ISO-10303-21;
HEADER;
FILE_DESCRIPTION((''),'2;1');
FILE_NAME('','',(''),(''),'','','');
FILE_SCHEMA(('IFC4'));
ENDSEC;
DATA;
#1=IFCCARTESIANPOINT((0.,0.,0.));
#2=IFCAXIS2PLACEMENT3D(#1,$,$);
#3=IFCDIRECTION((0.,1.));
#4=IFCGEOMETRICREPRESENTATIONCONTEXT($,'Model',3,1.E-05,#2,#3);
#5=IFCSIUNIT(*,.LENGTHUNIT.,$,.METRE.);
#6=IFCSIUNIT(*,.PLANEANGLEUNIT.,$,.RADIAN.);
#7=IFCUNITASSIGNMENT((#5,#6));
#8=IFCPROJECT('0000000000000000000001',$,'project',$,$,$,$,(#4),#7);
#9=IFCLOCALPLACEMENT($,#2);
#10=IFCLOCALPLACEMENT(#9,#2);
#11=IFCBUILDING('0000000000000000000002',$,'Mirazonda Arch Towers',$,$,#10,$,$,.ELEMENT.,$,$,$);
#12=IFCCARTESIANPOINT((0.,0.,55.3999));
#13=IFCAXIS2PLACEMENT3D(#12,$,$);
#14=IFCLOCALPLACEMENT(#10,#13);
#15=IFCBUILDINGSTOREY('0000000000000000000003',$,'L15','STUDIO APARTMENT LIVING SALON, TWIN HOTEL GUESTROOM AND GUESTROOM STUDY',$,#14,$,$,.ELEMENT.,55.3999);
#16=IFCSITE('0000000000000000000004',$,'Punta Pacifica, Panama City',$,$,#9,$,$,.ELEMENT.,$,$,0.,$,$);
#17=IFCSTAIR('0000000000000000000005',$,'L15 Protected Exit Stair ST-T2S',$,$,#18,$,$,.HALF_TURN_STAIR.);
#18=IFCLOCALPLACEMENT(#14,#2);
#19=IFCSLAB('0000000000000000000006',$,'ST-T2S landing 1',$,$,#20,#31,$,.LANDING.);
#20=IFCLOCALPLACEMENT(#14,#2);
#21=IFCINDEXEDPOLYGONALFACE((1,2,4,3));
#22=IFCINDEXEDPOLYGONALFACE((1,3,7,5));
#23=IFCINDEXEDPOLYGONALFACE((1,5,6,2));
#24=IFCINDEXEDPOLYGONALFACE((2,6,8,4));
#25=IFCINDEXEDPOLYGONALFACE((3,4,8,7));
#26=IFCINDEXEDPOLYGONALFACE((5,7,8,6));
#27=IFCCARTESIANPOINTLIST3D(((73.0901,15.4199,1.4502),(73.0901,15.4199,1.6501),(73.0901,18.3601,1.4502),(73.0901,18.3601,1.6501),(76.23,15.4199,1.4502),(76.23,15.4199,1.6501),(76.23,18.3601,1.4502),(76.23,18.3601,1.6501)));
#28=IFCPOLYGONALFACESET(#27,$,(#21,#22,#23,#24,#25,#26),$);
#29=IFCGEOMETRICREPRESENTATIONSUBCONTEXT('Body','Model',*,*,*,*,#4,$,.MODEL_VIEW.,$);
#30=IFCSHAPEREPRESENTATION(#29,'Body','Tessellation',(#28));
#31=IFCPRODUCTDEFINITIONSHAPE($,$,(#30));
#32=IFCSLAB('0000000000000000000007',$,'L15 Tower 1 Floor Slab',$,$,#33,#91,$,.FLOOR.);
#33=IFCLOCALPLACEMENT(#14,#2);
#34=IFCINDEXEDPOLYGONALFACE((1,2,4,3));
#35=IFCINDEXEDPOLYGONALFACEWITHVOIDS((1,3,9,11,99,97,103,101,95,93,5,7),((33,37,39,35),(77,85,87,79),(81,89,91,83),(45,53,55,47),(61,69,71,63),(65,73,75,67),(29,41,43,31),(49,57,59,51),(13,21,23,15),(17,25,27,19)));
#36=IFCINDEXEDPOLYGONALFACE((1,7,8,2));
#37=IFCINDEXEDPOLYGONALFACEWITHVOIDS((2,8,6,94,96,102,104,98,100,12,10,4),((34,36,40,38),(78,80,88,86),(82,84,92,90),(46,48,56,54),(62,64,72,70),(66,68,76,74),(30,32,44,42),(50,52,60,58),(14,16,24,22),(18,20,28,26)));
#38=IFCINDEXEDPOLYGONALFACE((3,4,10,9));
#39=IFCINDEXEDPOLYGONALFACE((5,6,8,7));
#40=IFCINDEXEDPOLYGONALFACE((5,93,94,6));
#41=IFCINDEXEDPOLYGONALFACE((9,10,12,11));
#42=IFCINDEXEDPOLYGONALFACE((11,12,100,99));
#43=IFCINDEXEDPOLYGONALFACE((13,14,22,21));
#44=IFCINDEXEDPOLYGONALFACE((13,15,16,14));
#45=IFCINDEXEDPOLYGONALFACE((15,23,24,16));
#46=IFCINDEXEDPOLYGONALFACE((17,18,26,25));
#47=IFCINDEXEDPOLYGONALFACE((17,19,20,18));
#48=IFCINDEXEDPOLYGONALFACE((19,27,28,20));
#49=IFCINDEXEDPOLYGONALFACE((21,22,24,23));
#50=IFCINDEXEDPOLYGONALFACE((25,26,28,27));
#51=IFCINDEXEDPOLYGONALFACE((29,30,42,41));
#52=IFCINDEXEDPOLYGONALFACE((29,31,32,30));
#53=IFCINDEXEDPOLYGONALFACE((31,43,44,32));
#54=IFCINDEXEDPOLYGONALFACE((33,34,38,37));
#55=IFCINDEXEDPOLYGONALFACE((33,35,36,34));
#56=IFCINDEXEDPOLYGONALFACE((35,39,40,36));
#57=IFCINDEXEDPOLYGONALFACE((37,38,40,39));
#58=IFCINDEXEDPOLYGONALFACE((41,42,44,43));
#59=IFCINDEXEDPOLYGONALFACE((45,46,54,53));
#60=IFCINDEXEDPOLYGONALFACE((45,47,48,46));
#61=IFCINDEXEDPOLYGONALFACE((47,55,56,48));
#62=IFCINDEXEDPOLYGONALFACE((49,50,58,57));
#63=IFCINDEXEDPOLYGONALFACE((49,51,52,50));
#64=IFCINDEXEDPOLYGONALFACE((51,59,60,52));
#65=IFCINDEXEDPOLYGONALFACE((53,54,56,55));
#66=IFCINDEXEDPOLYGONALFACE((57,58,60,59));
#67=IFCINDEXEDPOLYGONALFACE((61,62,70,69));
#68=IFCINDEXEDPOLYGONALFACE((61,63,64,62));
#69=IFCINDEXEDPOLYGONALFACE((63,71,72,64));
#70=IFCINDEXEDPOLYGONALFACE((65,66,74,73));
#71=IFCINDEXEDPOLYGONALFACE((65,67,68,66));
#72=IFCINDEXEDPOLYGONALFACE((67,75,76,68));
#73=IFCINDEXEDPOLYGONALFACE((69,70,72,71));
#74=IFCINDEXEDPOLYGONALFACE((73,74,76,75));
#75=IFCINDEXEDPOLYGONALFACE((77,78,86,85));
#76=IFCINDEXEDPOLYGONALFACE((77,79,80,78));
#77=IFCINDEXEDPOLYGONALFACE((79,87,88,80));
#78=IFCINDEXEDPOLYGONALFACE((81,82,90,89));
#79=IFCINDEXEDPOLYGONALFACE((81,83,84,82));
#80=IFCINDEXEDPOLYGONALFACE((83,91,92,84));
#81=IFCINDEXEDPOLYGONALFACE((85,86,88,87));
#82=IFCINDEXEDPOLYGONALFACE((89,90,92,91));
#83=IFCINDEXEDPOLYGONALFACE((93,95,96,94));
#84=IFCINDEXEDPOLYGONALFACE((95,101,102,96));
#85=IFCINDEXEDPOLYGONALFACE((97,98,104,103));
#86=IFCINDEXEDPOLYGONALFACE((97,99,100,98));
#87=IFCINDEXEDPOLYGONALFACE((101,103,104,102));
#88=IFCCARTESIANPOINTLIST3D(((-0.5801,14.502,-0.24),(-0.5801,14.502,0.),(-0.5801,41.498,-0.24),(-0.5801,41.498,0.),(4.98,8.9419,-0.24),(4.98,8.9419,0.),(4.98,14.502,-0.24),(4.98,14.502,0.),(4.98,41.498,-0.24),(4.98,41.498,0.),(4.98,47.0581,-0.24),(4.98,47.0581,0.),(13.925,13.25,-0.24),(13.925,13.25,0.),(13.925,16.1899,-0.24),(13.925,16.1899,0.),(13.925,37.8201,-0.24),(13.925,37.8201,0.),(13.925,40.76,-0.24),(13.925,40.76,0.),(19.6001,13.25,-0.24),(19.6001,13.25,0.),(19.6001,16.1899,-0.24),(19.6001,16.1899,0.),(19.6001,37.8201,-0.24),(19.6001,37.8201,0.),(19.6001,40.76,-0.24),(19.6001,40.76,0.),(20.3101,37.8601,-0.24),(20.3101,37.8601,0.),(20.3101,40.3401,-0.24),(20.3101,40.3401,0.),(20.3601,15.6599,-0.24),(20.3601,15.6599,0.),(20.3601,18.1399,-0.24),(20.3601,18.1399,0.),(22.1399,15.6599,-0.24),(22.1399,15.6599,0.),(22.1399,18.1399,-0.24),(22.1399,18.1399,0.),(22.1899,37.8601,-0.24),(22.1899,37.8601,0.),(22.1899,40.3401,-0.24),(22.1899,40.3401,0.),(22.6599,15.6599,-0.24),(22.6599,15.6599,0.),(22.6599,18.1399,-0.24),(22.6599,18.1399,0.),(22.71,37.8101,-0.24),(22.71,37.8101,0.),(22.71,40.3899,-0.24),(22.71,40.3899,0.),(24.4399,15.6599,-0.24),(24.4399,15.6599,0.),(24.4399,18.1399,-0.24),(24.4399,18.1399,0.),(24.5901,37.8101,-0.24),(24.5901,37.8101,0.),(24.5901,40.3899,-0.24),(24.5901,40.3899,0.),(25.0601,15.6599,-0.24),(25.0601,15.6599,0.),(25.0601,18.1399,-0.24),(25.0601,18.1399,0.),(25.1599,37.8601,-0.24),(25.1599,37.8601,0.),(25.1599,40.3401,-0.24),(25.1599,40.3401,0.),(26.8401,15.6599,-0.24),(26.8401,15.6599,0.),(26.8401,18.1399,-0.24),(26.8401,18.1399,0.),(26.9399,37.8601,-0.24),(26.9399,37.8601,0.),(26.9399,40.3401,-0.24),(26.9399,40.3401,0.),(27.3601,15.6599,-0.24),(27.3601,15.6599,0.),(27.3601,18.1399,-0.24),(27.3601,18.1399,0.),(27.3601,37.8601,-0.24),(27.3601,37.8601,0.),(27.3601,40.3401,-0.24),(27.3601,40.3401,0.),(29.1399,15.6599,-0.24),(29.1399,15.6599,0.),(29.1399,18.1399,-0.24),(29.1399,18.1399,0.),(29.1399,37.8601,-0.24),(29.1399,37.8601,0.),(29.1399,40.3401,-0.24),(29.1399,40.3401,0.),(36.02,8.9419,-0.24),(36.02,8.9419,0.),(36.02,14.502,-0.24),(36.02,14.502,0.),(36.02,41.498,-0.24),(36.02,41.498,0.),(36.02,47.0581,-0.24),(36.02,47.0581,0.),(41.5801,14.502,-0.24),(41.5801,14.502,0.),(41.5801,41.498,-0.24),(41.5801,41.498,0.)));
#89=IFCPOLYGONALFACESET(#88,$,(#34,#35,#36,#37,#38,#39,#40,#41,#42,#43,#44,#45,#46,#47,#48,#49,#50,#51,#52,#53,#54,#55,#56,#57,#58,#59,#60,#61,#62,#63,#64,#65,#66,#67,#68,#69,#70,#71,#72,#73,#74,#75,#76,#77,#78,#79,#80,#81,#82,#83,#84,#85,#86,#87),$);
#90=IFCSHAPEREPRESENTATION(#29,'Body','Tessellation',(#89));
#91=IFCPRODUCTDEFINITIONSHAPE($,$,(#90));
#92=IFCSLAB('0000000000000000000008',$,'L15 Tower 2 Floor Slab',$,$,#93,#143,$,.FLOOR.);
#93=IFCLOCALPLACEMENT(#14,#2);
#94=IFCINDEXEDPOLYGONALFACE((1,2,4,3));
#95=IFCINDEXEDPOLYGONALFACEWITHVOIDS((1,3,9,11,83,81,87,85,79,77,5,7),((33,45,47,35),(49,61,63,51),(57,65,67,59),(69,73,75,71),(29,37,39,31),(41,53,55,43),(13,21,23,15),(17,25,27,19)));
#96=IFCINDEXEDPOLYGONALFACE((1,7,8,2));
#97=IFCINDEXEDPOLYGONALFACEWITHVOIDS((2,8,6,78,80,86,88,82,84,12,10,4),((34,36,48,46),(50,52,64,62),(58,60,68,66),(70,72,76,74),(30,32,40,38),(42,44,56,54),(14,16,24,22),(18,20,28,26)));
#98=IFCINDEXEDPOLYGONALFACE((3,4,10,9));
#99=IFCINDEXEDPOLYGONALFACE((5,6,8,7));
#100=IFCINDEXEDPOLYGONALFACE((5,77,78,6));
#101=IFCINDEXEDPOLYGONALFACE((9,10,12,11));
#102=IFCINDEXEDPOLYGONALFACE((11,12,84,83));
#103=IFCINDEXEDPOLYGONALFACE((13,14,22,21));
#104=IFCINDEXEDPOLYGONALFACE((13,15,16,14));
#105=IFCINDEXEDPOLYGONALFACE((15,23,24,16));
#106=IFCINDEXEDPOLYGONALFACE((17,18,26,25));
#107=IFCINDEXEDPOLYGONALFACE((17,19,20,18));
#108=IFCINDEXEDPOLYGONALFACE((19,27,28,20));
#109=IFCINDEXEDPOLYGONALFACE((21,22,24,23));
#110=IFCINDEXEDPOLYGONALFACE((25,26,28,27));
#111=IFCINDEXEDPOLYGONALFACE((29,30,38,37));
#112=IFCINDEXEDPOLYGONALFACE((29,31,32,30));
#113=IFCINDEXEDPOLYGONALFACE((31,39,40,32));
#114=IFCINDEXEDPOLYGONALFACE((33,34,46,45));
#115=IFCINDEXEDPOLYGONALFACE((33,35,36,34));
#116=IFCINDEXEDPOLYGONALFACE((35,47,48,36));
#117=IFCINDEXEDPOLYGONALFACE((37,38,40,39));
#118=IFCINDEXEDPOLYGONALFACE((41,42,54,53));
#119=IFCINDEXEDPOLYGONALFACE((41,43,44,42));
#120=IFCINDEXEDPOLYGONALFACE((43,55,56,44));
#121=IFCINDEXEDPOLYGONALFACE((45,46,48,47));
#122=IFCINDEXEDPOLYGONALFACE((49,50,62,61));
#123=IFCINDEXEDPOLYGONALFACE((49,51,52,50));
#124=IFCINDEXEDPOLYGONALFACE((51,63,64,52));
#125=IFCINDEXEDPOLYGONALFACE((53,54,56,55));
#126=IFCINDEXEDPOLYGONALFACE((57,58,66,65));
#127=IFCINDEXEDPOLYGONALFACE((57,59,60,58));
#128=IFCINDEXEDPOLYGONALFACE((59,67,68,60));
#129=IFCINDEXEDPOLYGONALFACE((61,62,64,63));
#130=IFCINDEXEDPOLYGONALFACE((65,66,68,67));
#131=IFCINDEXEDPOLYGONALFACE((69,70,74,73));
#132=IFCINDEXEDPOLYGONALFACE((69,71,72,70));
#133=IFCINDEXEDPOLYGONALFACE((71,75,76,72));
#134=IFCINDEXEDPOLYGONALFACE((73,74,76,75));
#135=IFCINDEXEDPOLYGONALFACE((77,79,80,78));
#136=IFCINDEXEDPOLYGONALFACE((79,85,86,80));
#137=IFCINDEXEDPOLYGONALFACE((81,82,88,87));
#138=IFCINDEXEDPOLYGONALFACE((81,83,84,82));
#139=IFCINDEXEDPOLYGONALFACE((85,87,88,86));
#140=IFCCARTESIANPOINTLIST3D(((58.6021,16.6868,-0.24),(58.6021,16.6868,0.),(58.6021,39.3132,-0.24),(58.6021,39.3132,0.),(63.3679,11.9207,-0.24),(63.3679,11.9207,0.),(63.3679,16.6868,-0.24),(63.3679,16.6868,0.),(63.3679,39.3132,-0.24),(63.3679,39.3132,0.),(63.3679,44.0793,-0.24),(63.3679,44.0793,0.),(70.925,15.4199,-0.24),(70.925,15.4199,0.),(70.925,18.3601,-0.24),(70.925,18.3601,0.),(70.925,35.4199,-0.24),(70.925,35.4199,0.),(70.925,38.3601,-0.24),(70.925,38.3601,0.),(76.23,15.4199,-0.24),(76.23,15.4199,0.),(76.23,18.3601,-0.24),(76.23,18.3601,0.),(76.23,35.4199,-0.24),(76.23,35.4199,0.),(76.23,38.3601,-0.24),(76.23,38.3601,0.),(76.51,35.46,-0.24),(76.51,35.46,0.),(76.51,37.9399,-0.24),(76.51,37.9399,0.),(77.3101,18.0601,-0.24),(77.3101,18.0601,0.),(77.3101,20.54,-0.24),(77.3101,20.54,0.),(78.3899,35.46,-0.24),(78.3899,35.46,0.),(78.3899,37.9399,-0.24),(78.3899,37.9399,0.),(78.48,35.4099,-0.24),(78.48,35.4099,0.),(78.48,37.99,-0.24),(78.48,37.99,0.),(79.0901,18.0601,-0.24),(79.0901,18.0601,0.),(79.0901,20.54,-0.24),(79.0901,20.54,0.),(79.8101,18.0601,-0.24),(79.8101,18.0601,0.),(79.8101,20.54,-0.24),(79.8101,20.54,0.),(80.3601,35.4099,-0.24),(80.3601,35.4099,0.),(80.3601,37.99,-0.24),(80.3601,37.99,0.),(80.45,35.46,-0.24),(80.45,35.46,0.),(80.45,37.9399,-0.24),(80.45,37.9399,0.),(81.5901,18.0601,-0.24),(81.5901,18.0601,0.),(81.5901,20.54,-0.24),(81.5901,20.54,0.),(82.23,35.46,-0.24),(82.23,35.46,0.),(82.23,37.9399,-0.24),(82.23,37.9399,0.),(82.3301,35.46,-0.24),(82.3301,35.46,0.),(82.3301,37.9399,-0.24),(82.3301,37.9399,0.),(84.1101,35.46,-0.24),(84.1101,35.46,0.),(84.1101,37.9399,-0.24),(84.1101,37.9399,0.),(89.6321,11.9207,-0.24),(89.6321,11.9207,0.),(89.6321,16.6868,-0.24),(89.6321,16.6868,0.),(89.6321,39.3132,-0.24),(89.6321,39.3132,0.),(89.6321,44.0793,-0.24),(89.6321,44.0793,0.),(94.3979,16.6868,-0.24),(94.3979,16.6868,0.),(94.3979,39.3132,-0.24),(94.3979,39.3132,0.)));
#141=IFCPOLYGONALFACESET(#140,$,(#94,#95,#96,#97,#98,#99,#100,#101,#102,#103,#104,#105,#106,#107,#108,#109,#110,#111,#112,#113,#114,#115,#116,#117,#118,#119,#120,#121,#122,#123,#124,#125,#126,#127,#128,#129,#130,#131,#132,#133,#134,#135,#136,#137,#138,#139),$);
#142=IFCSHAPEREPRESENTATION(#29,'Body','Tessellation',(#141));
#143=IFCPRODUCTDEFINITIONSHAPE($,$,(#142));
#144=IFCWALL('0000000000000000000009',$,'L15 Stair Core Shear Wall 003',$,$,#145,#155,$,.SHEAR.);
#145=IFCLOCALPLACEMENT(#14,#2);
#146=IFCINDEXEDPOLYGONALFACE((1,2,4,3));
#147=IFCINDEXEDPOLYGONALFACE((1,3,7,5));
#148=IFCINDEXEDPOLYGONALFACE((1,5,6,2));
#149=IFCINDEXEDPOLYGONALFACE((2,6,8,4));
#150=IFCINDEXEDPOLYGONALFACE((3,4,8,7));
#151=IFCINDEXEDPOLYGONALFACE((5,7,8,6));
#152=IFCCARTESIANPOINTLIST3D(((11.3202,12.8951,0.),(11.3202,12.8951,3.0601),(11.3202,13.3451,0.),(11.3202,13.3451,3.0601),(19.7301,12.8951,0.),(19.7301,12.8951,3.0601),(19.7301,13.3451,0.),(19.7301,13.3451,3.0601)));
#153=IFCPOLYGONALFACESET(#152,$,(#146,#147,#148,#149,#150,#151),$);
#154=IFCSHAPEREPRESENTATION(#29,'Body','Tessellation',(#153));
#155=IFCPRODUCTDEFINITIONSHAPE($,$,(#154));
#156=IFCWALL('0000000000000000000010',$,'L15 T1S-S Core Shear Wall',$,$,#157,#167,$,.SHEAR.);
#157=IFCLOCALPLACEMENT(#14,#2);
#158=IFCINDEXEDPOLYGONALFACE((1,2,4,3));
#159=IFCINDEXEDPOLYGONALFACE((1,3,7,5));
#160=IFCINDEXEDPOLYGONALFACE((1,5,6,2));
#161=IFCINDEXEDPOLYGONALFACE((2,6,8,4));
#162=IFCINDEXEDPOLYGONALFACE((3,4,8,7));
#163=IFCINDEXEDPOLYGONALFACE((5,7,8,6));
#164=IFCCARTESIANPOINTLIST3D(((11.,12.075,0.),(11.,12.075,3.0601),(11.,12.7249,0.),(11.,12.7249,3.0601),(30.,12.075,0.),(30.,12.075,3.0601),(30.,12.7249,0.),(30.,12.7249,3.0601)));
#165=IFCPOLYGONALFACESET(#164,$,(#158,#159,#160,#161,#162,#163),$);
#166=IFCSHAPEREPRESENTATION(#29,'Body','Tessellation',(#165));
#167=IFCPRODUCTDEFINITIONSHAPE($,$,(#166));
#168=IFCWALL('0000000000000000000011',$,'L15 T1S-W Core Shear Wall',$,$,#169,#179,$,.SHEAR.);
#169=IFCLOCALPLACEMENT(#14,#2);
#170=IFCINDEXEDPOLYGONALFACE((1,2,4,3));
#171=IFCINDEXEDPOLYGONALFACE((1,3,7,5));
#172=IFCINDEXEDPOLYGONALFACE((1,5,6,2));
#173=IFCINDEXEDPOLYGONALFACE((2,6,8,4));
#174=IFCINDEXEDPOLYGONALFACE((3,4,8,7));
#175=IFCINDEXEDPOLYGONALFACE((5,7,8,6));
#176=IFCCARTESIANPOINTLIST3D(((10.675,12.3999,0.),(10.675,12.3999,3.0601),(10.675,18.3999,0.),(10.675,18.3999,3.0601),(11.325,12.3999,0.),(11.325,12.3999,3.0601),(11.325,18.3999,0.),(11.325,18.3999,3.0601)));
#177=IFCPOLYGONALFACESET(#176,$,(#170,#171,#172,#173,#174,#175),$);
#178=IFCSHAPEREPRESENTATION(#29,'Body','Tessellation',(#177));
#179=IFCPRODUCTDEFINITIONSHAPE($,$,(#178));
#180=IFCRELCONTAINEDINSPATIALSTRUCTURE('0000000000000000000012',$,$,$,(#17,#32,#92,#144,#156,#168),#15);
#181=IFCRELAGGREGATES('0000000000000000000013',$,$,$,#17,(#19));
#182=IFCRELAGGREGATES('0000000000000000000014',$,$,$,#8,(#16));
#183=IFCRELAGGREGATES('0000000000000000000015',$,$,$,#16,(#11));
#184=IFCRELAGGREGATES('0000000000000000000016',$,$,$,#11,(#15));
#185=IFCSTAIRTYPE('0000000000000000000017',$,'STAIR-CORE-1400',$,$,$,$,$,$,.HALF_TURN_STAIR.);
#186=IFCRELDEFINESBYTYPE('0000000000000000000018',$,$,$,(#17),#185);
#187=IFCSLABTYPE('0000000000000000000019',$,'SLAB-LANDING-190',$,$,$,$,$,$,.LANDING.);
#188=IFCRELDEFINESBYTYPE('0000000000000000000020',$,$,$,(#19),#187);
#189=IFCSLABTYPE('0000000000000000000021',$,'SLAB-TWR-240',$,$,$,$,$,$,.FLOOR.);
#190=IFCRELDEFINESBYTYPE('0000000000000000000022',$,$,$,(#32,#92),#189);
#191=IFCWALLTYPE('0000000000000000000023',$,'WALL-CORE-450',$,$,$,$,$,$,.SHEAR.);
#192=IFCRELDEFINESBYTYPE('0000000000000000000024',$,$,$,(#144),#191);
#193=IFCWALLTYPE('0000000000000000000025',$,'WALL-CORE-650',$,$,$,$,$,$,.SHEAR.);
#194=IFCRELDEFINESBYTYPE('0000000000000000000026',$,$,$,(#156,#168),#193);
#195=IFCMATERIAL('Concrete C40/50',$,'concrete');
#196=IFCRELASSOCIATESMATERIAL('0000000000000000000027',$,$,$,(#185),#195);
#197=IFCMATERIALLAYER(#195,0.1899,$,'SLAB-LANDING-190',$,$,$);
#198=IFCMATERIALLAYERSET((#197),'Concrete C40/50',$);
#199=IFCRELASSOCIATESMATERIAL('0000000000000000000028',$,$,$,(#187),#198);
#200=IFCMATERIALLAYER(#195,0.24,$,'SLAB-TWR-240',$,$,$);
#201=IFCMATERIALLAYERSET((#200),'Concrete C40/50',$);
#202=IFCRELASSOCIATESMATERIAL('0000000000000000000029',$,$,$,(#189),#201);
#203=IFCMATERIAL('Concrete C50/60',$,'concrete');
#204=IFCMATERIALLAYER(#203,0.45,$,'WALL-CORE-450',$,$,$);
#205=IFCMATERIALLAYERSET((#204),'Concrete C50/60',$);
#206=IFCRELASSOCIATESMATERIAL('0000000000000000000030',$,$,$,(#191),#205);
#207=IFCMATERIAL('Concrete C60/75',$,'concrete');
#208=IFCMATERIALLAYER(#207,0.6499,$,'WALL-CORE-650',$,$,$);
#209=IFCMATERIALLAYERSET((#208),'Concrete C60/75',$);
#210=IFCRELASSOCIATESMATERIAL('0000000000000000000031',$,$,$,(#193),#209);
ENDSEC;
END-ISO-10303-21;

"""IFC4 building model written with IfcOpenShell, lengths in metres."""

from ifc_helpers import new_model, si_unit, direction, frame, frame_2d, origin, place, context, subcontext, project, spatial, polyline, rectangle, outline, extrude, material, layer, layer_set, type_object, element, aggregate, save


model = new_model("IFC4")

# Units and contexts
model_context = context("Model", 3, precision=1e-05, world=origin(), true_north=direction((0.0, 1.0)))
body_context = subcontext(model_context, "Body", "Model", "MODEL_VIEW")
ifc_project = project(units=[si_unit("LENGTHUNIT", "METRE"), si_unit("PLANEANGLEUNIT", "RADIAN")], contexts=[model_context])

# Site, building, storey
site_placement = place(None, origin())
site = spatial("IfcSite", under=ifc_project, at=site_placement, Name="Punta Pacifica, Panama City", CompositionType="ELEMENT", RefElevation=0.0)
building_placement = place(site_placement, origin())
building = spatial("IfcBuilding", under=site, at=building_placement, Name="Mirazonda Arch Towers", CompositionType="ELEMENT")
storey_placement = place(building_placement, frame((0.0, 0.0, 55.3999)))
storey = spatial("IfcBuildingStorey", under=building, at=storey_placement, Name="L15", Description="STUDIO APARTMENT LIVING SALON, TWIN HOTEL GUESTROOM AND GUESTROOM STUDY", CompositionType="ELEMENT", Elevation=55.3999)

# Shared definitions
ifc_material_1 = material(Name="Concrete C60/75", Category="concrete")

# Stair, slab
ifc_material_2 = material(Name="Concrete C40/50", Category="concrete")
stair_type = type_object("IfcStairType", Name="STAIR-CORE-1400", PredefinedType="HALF_TURN_STAIR", material=ifc_material_2)
ifc_layer_1 = layer(ifc_material_2, 0.1899, Name="SLAB-LANDING-190")
ifc_layer_set_1 = layer_set([ifc_layer_1], Name="Concrete C40/50")
slab_type_1 = type_object("IfcSlabType", Name="SLAB-LANDING-190", PredefinedType="LANDING", material=ifc_layer_set_1)
stair_1_placement = place(storey_placement, origin())
stair_1 = element("IfcStair", 1, at=stair_1_placement, inside=storey, type_object=stair_type, Name="L15 Protected Exit Stair ST-T2S", PredefinedType="HALF_TURN_STAIR")
slab_1_placement = place(storey_placement, frame((0.0, 0.0, 1.4502)))
slab_1 = element("IfcSlab", 2, at=slab_1_placement, type_object=slab_type_1, Name="ST-T2S landing 1", PredefinedType="LANDING", context=body_context, shape_type="SweptSolid", body=[
    extrude(outline(polyline([(73.0901, 15.4199), (76.23, 15.4199), (76.23, 18.3601), (73.0901, 18.3601), (73.0901, 15.4199)])), origin(), (0.0, 0.0, 1.0), 0.2),
])
aggregate(stair_1, [slab_1])

# Slabs
ifc_layer_2 = layer(ifc_material_2, 0.24, Name="SLAB-TWR-240")
ifc_layer_set_2 = layer_set([ifc_layer_2], Name="Concrete C40/50")
slab_type_2 = type_object("IfcSlabType", Name="SLAB-TWR-240", PredefinedType="FLOOR", material=ifc_layer_set_2)
slab_2_placement = place(storey_placement, frame((0.0, 0.0, -0.24)))
element("IfcSlab", 3, at=slab_2_placement, inside=storey, type_object=slab_type_2, Name="L15 Tower 1 Floor Slab", PredefinedType="FLOOR", context=body_context, shape_type="SweptSolid", body=[
    extrude(outline(polyline([(4.98, 8.9419), (36.02, 8.9419), (36.02, 14.502), (41.5801, 14.502), (41.5801, 41.498), (36.02, 41.498), (36.02, 47.0581), (4.98, 47.0581), (4.98, 41.498), (-0.5801, 41.498), (-0.5801, 14.502), (4.98, 14.502), (4.98, 8.9419)]), holes=[polyline([(29.1399, 18.1399), (29.1399, 15.6599), (27.3601, 15.6599), (27.3601, 18.1399), (29.1399, 18.1399)]), polyline([(29.1399, 40.3401), (29.1399, 37.8601), (27.3601, 37.8601), (27.3601, 40.3401), (29.1399, 40.3401)]), polyline([(25.1599, 40.3401), (26.9399, 40.3401), (26.9399, 37.8601), (25.1599, 37.8601), (25.1599, 40.3401)]), polyline([(26.8401, 18.1399), (26.8401, 15.6599), (25.0601, 15.6599), (25.0601, 18.1399), (26.8401, 18.1399)]), polyline([(22.71, 40.3899), (24.5901, 40.3899), (24.5901, 37.8101), (22.71, 37.8101), (22.71, 40.3899)]), polyline([(22.6599, 18.1399), (24.4399, 18.1399), (24.4399, 15.6599), (22.6599, 15.6599), (22.6599, 18.1399)]), polyline([(20.3101, 40.3401), (22.1899, 40.3401), (22.1899, 37.8601), (20.3101, 37.8601), (20.3101, 40.3401)]), polyline([(20.3601, 18.1399), (22.1399, 18.1399), (22.1399, 15.6599), (20.3601, 15.6599), (20.3601, 18.1399)]), polyline([(13.925, 40.76), (19.6001, 40.76), (19.6001, 37.8201), (13.925, 37.8201), (13.925, 40.76)]), polyline([(13.925, 13.25), (13.925, 16.1899), (19.6001, 16.1899), (19.6001, 13.25), (13.925, 13.25)])]), origin(), (0.0, 0.0, 1.0), 0.24),
])
slab_3_placement = place(storey_placement, frame((0.0, 0.0, -0.24)))
element("IfcSlab", 4, at=slab_3_placement, inside=storey, type_object=slab_type_2, Name="L15 Tower 2 Floor Slab", PredefinedType="FLOOR", context=body_context, shape_type="SweptSolid", body=[
    extrude(outline(polyline([(63.3679, 11.9207), (89.6321, 11.9207), (89.6321, 16.6868), (94.3979, 16.6868), (94.3979, 39.3132), (89.6321, 39.3132), (89.6321, 44.0793), (63.3679, 44.0793), (63.3679, 39.3132), (58.6021, 39.3132), (58.6021, 16.6868), (63.3679, 16.6868), (63.3679, 11.9207)]), holes=[polyline([(82.3301, 37.9399), (84.1101, 37.9399), (84.1101, 35.46), (82.3301, 35.46), (82.3301, 37.9399)]), polyline([(80.45, 37.9399), (82.23, 37.9399), (82.23, 35.46), (80.45, 35.46), (80.45, 37.9399)]), polyline([(79.8101, 20.54), (81.5901, 20.54), (81.5901, 18.0601), (79.8101, 18.0601), (79.8101, 20.54)]), polyline([(78.48, 37.99), (80.3601, 37.99), (80.3601, 35.4099), (78.48, 35.4099), (78.48, 37.99)]), polyline([(77.3101, 20.54), (79.0901, 20.54), (79.0901, 18.0601), (77.3101, 18.0601), (77.3101, 20.54)]), polyline([(76.51, 37.9399), (78.3899, 37.9399), (78.3899, 35.46), (76.51, 35.46), (76.51, 37.9399)]), polyline([(70.925, 15.4199), (70.925, 18.3601), (76.23, 18.3601), (76.23, 15.4199), (70.925, 15.4199)]), polyline([(70.925, 35.4199), (70.925, 38.3601), (76.23, 38.3601), (76.23, 35.4199), (70.925, 35.4199)])]), origin(), (0.0, 0.0, 1.0), 0.24),
])

# Walls
ifc_material_3 = material(Name="Concrete C50/60", Category="concrete")
ifc_layer_3 = layer(ifc_material_3, 0.45, Name="WALL-CORE-450")
ifc_layer_set_3 = layer_set([ifc_layer_3], Name="Concrete C50/60")
wall_type_1 = type_object("IfcWallType", Name="WALL-CORE-450", PredefinedType="SHEAR", material=ifc_layer_set_3)
wall_1_placement = place(storey_placement, frame((11.3201, 13.1201, 0.0), z_axis=(0.0, 0.0, 1.0), x_axis=(1.0, 0.0, 0.0)))
element("IfcWall", 5, at=wall_1_placement, inside=storey, type_object=wall_type_1, Name="L15 Stair Core Shear Wall 003", PredefinedType="SHEAR", context=body_context, shape_type="SweptSolid", body=[
    extrude(rectangle(XDim=8.4099, YDim=0.45, at=frame_2d((4.2051, 0.0))), origin(), (0.0, 0.0, 1.0), 3.0601),
])
ifc_layer_4 = layer(ifc_material_1, 0.6499, Name="WALL-CORE-650")
ifc_layer_set_4 = layer_set([ifc_layer_4], Name="Concrete C60/75")
wall_type_2 = type_object("IfcWallType", Name="WALL-CORE-650", PredefinedType="SHEAR", material=ifc_layer_set_4)
wall_2_placement = place(storey_placement, frame((11.0, 12.3999, 0.0), z_axis=(0.0, 0.0, 1.0), x_axis=(1.0, 0.0, 0.0)))
element("IfcWall", 6, at=wall_2_placement, inside=storey, type_object=wall_type_2, Name="L15 T1S-S Core Shear Wall", PredefinedType="SHEAR", context=body_context, shape_type="SweptSolid", body=[
    extrude(rectangle(XDim=19.0, YDim=0.6499, at=frame_2d((9.5, 0.0))), origin(), (0.0, 0.0, 1.0), 3.0601),
])
wall_3_placement = place(storey_placement, frame((11.0, 12.3999, 0.0), z_axis=(0.0, 0.0, 1.0), x_axis=(0.0, 1.0, 0.0)))
element("IfcWall", 7, at=wall_3_placement, inside=storey, type_object=wall_type_2, Name="L15 T1S-W Core Shear Wall", PredefinedType="SHEAR", context=body_context, shape_type="SweptSolid", body=[
    extrude(rectangle(XDim=6.0, YDim=0.6499, at=frame_2d((3.0, 0.0))), origin(), (0.0, 0.0, 1.0), 3.0601),
])

save(model, "model.ifc")
